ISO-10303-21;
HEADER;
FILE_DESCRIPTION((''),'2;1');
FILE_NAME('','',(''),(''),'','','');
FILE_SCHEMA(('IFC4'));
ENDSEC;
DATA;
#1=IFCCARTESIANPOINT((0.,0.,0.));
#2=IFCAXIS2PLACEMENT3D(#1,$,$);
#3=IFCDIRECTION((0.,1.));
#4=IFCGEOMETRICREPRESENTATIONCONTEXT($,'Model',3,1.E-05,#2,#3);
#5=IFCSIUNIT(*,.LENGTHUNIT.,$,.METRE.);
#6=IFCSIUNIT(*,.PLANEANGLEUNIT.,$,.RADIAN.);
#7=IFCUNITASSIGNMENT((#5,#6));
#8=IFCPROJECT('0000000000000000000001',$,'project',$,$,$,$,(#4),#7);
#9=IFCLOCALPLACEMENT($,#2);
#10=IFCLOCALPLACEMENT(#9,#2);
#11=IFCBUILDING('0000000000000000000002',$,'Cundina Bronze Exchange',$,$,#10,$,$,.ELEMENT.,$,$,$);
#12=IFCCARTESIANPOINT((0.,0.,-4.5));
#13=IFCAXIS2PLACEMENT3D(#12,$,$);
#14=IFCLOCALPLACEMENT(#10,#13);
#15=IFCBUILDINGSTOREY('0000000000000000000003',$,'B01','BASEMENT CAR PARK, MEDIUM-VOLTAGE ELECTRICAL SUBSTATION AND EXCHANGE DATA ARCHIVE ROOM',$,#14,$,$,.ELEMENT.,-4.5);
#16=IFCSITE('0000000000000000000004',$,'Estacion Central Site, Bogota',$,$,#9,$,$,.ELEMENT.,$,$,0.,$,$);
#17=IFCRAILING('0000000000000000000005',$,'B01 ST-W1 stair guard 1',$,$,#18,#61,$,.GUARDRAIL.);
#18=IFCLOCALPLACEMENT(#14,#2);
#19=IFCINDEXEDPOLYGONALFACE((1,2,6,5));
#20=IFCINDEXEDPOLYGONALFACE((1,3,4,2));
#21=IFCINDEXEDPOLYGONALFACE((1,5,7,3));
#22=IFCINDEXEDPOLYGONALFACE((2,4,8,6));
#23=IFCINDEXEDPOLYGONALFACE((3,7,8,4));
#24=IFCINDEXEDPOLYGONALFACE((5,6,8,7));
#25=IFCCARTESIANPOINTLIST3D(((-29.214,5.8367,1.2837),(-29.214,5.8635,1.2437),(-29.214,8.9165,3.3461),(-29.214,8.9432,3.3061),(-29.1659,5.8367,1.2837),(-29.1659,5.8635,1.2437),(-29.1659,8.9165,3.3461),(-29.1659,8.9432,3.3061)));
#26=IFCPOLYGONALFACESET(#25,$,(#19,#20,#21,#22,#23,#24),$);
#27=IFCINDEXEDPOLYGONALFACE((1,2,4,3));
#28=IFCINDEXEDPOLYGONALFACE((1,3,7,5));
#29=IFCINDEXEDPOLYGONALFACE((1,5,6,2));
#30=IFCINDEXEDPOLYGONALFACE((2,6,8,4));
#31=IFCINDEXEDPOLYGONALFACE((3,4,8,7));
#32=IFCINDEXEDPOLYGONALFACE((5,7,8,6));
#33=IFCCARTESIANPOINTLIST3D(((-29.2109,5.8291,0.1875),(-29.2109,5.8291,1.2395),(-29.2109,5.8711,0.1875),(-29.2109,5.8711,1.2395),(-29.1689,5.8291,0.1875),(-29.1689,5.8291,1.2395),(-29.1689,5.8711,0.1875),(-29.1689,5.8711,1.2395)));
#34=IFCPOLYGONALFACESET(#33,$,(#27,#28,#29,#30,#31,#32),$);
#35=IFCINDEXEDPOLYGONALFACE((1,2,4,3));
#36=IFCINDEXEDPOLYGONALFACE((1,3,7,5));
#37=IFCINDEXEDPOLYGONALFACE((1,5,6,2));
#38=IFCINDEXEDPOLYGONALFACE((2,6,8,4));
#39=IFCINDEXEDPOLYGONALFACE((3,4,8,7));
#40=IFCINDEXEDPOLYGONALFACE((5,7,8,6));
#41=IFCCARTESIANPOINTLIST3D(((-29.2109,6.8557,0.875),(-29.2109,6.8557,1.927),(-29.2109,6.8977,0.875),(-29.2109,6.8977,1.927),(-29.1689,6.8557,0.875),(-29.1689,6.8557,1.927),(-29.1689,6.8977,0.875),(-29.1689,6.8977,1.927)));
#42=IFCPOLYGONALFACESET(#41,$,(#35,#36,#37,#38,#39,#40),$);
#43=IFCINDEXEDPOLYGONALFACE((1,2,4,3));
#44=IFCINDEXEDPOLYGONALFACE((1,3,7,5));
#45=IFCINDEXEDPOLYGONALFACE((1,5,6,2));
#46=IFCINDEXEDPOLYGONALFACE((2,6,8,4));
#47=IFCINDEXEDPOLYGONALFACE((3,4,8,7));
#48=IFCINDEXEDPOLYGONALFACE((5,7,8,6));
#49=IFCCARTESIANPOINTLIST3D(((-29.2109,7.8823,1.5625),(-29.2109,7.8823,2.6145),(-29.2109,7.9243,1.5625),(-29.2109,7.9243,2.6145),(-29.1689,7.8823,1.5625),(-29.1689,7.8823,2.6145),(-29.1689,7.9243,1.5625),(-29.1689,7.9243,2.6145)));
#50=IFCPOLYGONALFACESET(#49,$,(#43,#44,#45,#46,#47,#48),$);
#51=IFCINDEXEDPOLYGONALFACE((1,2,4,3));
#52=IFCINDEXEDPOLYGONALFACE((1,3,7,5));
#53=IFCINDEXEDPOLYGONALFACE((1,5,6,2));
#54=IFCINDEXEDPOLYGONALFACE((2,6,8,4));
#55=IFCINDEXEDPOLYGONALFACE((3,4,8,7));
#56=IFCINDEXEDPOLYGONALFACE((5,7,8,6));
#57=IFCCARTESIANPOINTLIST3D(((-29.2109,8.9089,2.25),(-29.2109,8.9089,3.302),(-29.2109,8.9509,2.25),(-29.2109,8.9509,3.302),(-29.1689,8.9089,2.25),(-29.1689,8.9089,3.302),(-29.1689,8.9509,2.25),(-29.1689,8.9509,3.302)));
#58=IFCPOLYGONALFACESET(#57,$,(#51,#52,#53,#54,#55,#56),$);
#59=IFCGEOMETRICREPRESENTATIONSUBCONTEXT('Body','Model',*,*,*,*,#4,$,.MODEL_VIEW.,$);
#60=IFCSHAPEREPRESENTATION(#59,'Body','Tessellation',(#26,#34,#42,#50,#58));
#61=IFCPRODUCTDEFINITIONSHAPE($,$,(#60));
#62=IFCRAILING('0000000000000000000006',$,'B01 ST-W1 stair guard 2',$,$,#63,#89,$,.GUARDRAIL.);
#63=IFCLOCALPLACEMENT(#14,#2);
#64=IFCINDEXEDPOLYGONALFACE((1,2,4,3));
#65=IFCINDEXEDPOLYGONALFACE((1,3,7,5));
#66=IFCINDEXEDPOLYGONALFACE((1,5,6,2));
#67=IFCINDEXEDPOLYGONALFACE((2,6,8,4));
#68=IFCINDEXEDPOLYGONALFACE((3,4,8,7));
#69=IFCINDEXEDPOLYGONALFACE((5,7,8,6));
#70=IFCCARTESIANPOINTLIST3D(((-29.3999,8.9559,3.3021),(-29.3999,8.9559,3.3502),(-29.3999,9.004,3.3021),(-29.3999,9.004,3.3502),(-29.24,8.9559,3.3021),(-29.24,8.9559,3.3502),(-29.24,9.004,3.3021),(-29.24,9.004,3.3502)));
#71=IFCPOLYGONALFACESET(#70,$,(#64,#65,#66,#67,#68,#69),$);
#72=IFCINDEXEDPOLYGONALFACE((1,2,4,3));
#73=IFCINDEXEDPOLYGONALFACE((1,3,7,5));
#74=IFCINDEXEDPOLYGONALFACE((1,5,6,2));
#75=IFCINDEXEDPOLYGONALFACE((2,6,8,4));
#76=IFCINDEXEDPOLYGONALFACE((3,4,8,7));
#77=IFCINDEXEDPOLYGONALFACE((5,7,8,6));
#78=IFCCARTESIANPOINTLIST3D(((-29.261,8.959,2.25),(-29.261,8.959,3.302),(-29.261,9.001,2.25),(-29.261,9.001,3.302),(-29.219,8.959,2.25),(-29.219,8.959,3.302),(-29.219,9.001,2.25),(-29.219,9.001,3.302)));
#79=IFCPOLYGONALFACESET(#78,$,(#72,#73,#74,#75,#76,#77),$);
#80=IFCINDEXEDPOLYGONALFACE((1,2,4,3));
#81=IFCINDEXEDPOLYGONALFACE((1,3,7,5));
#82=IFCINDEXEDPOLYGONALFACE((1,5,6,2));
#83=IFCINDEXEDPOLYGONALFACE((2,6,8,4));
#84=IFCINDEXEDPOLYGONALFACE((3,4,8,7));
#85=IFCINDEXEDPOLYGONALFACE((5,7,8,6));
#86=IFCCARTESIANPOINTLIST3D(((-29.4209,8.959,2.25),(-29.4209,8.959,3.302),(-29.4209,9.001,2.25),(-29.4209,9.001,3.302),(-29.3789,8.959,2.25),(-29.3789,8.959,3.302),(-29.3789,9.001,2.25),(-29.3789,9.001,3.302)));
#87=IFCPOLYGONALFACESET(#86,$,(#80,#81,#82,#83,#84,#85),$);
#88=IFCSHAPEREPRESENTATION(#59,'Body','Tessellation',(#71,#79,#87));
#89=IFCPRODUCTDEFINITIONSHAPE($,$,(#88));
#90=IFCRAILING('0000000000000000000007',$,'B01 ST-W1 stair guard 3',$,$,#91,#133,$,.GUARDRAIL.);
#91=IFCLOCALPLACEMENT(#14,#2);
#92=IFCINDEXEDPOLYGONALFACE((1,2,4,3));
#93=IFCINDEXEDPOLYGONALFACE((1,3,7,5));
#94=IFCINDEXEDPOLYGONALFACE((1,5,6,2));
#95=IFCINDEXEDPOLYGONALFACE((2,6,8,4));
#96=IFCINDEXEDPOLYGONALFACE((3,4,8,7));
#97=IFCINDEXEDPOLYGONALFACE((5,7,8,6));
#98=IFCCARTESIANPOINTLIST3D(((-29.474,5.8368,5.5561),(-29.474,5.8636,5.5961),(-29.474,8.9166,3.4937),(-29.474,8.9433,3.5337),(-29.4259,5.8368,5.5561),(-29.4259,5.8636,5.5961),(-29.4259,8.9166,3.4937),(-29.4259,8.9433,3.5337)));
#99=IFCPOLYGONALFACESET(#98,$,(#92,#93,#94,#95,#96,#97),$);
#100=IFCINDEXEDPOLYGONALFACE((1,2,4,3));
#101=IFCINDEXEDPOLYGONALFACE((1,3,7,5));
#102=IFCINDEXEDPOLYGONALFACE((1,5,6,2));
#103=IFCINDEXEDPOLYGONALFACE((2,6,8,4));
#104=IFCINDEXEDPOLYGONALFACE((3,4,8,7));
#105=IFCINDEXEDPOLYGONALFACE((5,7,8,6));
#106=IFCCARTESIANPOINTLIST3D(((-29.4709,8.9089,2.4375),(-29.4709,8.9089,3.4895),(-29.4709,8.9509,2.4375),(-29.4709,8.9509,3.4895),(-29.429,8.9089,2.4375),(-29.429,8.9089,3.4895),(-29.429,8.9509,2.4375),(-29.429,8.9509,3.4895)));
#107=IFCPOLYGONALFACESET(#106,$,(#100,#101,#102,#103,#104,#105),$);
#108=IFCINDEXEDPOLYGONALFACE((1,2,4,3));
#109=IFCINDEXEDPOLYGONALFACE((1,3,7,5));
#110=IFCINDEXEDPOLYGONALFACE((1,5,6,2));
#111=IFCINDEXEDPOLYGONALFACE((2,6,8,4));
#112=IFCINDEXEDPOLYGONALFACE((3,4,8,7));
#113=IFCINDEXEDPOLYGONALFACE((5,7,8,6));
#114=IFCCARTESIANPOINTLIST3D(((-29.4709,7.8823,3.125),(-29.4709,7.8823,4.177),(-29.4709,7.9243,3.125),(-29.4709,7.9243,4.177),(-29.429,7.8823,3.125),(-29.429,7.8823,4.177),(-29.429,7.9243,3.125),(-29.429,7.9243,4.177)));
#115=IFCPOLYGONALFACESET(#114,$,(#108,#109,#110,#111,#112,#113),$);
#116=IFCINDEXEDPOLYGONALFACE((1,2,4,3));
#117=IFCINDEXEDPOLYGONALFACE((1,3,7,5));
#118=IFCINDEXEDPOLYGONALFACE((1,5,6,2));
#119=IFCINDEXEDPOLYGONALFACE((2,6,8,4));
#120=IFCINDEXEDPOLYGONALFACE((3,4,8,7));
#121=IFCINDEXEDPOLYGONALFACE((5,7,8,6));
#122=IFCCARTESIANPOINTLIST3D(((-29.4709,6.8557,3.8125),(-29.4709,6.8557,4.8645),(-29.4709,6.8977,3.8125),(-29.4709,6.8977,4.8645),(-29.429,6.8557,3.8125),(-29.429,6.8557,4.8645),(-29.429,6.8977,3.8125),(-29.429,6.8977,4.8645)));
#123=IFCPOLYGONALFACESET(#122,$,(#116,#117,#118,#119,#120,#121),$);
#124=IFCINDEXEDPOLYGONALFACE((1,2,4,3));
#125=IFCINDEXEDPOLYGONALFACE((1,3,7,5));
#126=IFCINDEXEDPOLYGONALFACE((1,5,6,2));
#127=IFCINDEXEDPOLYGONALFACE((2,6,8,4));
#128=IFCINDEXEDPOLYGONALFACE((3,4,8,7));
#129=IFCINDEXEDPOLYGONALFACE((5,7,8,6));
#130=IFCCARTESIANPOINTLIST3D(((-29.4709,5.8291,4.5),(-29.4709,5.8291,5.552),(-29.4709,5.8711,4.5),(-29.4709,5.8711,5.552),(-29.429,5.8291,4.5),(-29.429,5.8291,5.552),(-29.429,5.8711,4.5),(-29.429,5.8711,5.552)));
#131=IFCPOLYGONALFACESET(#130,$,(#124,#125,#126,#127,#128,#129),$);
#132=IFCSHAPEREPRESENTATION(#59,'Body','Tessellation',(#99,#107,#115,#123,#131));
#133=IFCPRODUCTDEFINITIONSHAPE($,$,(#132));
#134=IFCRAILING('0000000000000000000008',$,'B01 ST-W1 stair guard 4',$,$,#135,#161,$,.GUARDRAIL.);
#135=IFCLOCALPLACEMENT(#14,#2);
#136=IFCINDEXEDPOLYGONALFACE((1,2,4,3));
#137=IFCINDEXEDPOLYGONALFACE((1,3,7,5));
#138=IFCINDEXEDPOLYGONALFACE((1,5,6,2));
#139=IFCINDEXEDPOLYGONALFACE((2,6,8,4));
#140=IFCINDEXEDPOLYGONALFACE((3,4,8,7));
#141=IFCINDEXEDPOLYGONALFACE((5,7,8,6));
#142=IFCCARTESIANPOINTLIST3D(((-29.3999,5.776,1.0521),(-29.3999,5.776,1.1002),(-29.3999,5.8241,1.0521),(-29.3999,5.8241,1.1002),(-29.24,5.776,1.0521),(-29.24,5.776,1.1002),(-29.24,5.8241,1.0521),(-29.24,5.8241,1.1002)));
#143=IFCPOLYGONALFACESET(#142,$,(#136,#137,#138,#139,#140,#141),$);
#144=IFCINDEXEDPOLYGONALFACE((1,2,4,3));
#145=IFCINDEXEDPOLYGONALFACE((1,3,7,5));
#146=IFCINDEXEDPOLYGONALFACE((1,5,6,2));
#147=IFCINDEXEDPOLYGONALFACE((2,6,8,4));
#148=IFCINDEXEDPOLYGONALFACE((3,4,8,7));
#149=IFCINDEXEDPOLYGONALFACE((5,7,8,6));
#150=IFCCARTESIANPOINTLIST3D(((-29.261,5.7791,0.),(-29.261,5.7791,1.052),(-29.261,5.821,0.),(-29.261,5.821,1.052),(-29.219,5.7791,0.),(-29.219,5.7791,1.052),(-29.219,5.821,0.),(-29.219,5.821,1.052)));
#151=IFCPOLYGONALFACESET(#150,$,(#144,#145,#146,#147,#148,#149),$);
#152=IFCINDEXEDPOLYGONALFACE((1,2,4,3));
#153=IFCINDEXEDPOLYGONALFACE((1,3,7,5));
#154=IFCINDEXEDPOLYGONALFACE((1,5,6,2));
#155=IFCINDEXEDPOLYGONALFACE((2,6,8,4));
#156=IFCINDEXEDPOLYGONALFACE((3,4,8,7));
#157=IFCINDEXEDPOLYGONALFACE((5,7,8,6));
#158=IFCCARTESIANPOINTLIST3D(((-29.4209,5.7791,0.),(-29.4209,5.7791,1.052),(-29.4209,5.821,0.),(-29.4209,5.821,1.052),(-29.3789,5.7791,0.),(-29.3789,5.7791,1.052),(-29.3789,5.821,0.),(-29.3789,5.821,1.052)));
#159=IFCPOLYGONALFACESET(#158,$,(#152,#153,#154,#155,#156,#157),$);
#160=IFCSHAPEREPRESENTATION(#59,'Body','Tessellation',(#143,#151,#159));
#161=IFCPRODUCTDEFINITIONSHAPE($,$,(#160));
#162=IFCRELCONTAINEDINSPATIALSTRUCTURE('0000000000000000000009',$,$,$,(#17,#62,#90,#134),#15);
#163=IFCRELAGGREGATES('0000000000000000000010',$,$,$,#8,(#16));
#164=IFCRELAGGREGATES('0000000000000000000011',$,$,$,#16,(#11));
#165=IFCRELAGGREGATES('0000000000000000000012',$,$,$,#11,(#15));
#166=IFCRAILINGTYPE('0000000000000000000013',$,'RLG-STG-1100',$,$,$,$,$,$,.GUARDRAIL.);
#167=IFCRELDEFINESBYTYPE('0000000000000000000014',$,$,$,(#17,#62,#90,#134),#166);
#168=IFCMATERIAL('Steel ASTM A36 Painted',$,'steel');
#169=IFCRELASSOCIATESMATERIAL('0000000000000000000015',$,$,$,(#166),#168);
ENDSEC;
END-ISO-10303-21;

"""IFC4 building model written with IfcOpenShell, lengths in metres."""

from ifc_helpers import new_model, si_unit, direction, frame, origin, origin_2d, place, context, subcontext, project, spatial, rectangle, extrude, material, type_object, element, save


model = new_model("IFC4")

# Units and contexts
model_context = context("Model", 3, precision=1e-05, world=origin(), true_north=direction((0.0, 1.0)))
body_context = subcontext(model_context, "Body", "Model", "MODEL_VIEW")
ifc_project = project(units=[si_unit("LENGTHUNIT", "METRE"), si_unit("PLANEANGLEUNIT", "RADIAN")], contexts=[model_context])

# Site, building, storey
site_placement = place(None, origin())
site = spatial("IfcSite", under=ifc_project, at=site_placement, Name="Estacion Central Site, Bogota", CompositionType="ELEMENT", RefElevation=0.0)
building_placement = place(site_placement, origin())
building = spatial("IfcBuilding", under=site, at=building_placement, Name="Cundina Bronze Exchange", CompositionType="ELEMENT")
storey_placement = place(building_placement, frame((0.0, 0.0, -4.5)))
storey = spatial("IfcBuildingStorey", under=building, at=storey_placement, Name="B01", Description="BASEMENT CAR PARK, MEDIUM-VOLTAGE ELECTRICAL SUBSTATION AND EXCHANGE DATA ARCHIVE ROOM", CompositionType="ELEMENT", Elevation=-4.5)

# Shared definitions
ifc_material_1 = material(Name="Steel ASTM A36 Painted", Category="steel")

# Railings
railing_type_1 = type_object("IfcRailingType", Name="RLG-STG-1100", PredefinedType="GUARDRAIL", material=ifc_material_1)
railing_1_placement = place(storey_placement, frame((-29.1899, 5.8501, 0.1875)))
element("IfcRailing", 1, at=railing_1_placement, inside=storey, type_object=railing_type_1, Name="B01 ST-W1 stair guard 1", PredefinedType="GUARDRAIL", context=body_context, shape_type="SweptSolid", body=[
    extrude(rectangle(XDim=0.0481, YDim=0.0481, at=origin_2d()), frame((0.0, 0.0, 1.0762), z_axis=(0.0, 0.830893, 0.556432), x_axis=(-1.0, 0.0, 0.0)), (0.0, 0.0, 1.0), 3.7065),
    extrude(rectangle(XDim=0.042, YDim=0.042, at=origin_2d()), origin(), (0.0, 0.0, 1.0), 1.052),
    extrude(rectangle(XDim=0.042, YDim=0.042, at=origin_2d()), frame((0.0, 1.0266, 0.6875)), (0.0, 0.0, 1.0), 1.052),
    extrude(rectangle(XDim=0.042, YDim=0.042, at=origin_2d()), frame((0.0, 2.0532, 1.375)), (0.0, 0.0, 1.0), 1.052),
    extrude(rectangle(XDim=0.042, YDim=0.042, at=origin_2d()), frame((0.0, 3.0798, 2.0625)), (0.0, 0.0, 1.0), 1.052),
])
railing_2_placement = place(storey_placement, frame((-29.24, 8.98, 2.25)))
element("IfcRailing", 2, at=railing_2_placement, inside=storey, type_object=railing_type_1, Name="B01 ST-W1 stair guard 2", PredefinedType="GUARDRAIL", context=body_context, shape_type="SweptSolid", body=[
    extrude(rectangle(XDim=0.0481, YDim=0.0481, at=origin_2d()), frame((0.0, 0.0, 1.0762), z_axis=(-1.0, 0.0, 0.0), x_axis=(0.0, -1.0, 0.0)), (0.0, 0.0, 1.0), 0.1599),
    extrude(rectangle(XDim=0.042, YDim=0.042, at=origin_2d()), origin(), (0.0, 0.0, 1.0), 1.052),
    extrude(rectangle(XDim=0.042, YDim=0.042, at=origin_2d()), frame((-0.1599, 0.0, 0.0)), (0.0, 0.0, 1.0), 1.052),
])
railing_3_placement = place(storey_placement, frame((-29.45, 8.9299, 2.4375)))
element("IfcRailing", 3, at=railing_3_placement, inside=storey, type_object=railing_type_1, Name="B01 ST-W1 stair guard 3", PredefinedType="GUARDRAIL", context=body_context, shape_type="SweptSolid", body=[
    extrude(rectangle(XDim=0.0481, YDim=0.0481, at=origin_2d()), frame((0.0, 0.0, 1.0762), z_axis=(0.0, -0.830893, 0.556432), x_axis=(1.0, 0.0, 0.0)), (0.0, 0.0, 1.0), 3.7065),
    extrude(rectangle(XDim=0.042, YDim=0.042, at=origin_2d()), origin(), (0.0, 0.0, 1.0), 1.052),
    extrude(rectangle(XDim=0.042, YDim=0.042, at=origin_2d()), frame((0.0, -1.0266, 0.6875)), (0.0, 0.0, 1.0), 1.052),
    extrude(rectangle(XDim=0.042, YDim=0.042, at=origin_2d()), frame((0.0, -2.0532, 1.375)), (0.0, 0.0, 1.0), 1.052),
    extrude(rectangle(XDim=0.042, YDim=0.042, at=origin_2d()), frame((0.0, -3.0798, 2.0625)), (0.0, 0.0, 1.0), 1.052),
])
railing_4_placement = place(storey_placement, frame((-29.24, 5.8, 0.0)))
element("IfcRailing", 4, at=railing_4_placement, inside=storey, type_object=railing_type_1, Name="B01 ST-W1 stair guard 4", PredefinedType="GUARDRAIL", context=body_context, shape_type="SweptSolid", body=[
    extrude(rectangle(XDim=0.0481, YDim=0.0481, at=origin_2d()), frame((0.0, 0.0, 1.0762), z_axis=(-1.0, 0.0, 0.0), x_axis=(0.0, -1.0, 0.0)), (0.0, 0.0, 1.0), 0.1599),
    extrude(rectangle(XDim=0.042, YDim=0.042, at=origin_2d()), origin(), (0.0, 0.0, 1.0), 1.052),
    extrude(rectangle(XDim=0.042, YDim=0.042, at=origin_2d()), frame((-0.1599, 0.0, 0.0)), (0.0, 0.0, 1.0), 1.052),
])

save(model, "model.ifc")
